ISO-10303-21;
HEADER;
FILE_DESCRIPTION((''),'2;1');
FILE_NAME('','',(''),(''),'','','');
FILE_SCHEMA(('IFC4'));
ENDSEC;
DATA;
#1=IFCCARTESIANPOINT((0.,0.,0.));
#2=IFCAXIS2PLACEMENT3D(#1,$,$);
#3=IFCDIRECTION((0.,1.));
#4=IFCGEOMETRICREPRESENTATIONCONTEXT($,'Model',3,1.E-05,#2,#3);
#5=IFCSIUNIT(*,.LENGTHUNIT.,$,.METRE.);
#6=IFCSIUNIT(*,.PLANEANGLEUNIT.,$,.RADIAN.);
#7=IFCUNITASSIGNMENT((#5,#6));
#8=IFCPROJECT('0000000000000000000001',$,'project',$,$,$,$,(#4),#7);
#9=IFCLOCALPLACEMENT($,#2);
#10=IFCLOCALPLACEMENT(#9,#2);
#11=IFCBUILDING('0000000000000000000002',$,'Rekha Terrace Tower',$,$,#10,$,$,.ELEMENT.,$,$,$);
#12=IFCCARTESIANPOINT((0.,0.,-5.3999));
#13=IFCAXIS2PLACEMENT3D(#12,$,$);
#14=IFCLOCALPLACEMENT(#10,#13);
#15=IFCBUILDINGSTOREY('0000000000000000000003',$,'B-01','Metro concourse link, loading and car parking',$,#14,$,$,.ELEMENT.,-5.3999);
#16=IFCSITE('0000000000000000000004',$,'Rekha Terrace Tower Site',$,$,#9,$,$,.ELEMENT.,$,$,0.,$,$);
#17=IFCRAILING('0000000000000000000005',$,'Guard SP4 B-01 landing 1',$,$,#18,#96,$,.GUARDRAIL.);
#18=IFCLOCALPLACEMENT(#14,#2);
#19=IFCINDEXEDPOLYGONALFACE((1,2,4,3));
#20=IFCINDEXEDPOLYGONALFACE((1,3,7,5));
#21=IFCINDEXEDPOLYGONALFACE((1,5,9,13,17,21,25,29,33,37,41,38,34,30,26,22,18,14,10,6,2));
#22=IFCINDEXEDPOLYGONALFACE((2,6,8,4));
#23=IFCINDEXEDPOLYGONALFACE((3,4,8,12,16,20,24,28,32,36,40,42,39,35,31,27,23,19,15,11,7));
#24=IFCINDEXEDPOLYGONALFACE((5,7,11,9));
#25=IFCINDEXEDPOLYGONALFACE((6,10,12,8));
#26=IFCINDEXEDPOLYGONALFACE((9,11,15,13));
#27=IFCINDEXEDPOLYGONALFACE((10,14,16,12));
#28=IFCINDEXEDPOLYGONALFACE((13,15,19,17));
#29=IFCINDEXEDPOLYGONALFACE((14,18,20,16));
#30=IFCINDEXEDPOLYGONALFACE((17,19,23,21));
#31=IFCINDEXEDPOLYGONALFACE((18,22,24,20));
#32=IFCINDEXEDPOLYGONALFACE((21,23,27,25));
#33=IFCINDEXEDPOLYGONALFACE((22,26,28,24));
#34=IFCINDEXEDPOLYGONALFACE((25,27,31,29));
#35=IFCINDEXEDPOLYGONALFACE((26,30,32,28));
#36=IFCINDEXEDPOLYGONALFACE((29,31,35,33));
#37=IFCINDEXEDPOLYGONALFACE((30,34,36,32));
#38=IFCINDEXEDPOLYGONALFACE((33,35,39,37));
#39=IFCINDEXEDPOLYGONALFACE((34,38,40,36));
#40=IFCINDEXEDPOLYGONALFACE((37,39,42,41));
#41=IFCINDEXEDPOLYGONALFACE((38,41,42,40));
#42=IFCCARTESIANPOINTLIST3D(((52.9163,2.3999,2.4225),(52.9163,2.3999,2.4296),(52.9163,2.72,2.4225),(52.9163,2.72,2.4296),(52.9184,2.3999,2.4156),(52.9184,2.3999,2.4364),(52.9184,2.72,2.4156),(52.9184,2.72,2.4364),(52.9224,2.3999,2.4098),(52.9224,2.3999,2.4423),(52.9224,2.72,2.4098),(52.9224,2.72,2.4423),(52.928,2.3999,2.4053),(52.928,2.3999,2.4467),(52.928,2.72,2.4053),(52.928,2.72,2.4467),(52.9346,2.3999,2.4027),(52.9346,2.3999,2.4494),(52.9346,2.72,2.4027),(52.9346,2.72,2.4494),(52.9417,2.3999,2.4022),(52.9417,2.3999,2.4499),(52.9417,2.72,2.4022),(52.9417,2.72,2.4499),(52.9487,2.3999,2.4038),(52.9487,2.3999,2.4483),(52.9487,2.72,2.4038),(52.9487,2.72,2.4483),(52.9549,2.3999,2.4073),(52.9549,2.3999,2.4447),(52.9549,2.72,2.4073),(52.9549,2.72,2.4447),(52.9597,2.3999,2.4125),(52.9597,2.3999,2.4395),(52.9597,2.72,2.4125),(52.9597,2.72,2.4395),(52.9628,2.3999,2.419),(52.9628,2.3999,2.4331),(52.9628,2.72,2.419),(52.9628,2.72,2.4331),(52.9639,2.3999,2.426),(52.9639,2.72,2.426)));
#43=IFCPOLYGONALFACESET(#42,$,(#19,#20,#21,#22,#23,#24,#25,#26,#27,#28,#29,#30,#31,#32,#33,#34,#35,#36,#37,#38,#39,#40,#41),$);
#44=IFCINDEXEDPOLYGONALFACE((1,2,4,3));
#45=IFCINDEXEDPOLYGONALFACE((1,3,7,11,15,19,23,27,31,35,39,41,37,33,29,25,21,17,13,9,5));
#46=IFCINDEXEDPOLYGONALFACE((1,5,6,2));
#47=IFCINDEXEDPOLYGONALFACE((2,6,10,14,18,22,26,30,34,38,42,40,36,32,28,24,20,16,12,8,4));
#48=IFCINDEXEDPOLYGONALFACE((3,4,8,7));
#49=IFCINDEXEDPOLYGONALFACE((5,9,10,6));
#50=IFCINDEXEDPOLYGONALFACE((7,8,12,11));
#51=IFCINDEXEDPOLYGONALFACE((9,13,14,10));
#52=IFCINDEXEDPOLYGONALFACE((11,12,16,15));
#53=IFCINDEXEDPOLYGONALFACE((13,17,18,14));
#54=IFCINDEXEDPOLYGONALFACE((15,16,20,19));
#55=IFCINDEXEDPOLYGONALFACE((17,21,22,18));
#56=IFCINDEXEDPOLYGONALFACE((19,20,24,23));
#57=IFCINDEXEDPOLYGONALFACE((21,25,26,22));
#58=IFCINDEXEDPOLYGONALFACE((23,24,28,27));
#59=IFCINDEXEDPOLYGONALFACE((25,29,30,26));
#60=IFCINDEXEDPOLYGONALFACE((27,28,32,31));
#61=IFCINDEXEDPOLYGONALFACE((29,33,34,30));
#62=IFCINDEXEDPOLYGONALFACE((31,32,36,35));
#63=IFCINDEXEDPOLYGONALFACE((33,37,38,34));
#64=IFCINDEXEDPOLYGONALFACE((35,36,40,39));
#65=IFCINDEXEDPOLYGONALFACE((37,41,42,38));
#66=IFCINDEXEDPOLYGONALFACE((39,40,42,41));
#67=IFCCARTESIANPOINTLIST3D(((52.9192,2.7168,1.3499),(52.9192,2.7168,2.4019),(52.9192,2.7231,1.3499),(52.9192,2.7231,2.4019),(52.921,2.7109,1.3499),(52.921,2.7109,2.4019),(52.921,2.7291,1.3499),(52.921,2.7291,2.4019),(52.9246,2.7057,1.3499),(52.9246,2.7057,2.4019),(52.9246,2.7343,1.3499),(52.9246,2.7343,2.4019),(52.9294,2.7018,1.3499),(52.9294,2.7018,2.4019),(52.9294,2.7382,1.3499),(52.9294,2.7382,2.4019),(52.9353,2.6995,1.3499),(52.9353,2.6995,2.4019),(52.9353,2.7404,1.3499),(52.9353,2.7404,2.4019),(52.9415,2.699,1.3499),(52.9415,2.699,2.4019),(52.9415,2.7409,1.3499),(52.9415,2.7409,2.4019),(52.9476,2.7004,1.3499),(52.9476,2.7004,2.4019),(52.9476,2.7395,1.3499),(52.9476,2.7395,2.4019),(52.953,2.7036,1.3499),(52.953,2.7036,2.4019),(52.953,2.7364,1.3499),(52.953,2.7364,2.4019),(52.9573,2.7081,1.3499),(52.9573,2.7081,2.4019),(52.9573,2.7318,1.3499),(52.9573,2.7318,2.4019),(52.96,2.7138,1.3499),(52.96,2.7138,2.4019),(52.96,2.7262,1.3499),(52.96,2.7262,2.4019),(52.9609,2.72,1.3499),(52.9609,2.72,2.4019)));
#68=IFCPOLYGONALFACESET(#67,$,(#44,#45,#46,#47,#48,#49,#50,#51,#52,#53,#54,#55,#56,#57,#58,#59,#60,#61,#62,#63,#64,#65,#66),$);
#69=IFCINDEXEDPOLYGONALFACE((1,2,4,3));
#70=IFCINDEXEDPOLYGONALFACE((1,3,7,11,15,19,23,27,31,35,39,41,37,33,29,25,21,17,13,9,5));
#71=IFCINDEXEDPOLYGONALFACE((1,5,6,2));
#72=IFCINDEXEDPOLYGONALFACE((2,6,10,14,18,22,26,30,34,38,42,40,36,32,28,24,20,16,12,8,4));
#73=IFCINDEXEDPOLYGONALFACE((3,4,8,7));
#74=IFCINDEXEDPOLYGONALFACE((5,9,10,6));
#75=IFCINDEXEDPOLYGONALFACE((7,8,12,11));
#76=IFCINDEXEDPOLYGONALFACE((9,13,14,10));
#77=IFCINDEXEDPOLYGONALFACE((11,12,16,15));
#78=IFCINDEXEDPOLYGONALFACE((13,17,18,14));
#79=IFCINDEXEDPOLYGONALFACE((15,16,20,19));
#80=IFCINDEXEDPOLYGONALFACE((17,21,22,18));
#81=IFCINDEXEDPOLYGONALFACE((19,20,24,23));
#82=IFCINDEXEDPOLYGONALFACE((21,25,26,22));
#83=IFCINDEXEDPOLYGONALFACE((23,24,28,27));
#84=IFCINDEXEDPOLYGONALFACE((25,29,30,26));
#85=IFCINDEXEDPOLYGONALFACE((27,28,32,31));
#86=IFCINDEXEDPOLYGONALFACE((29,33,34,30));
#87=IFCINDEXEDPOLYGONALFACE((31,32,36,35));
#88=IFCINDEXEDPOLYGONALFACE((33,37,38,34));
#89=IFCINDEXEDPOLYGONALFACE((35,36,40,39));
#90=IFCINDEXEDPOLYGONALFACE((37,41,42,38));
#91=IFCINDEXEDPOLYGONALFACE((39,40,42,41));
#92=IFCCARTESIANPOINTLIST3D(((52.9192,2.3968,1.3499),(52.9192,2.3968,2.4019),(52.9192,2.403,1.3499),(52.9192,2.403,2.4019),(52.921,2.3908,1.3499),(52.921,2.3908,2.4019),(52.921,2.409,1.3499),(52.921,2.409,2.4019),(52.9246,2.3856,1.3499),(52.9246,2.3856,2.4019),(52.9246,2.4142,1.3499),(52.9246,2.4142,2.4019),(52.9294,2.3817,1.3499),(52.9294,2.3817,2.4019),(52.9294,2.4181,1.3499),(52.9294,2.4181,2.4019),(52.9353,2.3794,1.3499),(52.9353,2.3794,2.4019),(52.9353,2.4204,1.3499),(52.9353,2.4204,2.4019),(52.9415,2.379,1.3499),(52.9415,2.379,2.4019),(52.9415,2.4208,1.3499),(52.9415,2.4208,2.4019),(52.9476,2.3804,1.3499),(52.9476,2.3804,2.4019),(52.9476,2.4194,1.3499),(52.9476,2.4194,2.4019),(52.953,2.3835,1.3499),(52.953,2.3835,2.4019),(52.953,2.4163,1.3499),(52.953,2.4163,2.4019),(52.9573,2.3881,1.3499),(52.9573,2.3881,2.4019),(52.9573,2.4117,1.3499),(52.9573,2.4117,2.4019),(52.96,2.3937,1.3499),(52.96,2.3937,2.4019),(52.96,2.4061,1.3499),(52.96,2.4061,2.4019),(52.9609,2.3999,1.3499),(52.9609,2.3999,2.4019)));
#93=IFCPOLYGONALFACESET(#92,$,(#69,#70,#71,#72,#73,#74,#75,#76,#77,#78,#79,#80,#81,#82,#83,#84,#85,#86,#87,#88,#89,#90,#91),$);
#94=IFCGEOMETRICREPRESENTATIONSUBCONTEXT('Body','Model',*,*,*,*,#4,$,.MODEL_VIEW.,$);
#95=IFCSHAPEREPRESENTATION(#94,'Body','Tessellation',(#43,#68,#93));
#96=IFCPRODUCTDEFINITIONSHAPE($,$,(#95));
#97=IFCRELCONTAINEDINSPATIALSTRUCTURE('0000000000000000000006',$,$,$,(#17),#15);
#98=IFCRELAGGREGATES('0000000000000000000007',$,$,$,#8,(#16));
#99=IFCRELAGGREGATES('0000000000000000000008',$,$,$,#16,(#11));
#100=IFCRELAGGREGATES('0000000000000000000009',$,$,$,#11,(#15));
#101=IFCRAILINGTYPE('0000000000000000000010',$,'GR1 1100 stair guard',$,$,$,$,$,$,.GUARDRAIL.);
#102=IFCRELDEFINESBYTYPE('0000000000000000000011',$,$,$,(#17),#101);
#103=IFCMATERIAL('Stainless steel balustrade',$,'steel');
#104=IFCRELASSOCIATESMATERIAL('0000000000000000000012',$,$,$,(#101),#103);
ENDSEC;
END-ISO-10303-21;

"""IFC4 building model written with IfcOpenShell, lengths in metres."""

from ifc_helpers import new_model, si_unit, direction, frame, origin, origin_2d, place, context, subcontext, project, spatial, circle, extrude, material, type_object, element, save


model = new_model("IFC4")

# Units and contexts
model_context = context("Model", 3, precision=1e-05, world=origin(), true_north=direction((0.0, 1.0)))
body_context = subcontext(model_context, "Body", "Model", "MODEL_VIEW")
ifc_project = project(units=[si_unit("LENGTHUNIT", "METRE"), si_unit("PLANEANGLEUNIT", "RADIAN")], contexts=[model_context])

# Site, building, storey
site_placement = place(None, origin())
site = spatial("IfcSite", under=ifc_project, at=site_placement, Name="Rekha Terrace Tower Site", CompositionType="ELEMENT", RefElevation=0.0)
building_placement = place(site_placement, origin())
building = spatial("IfcBuilding", under=site, at=building_placement, Name="Rekha Terrace Tower", CompositionType="ELEMENT")
storey_placement = place(building_placement, frame((0.0, 0.0, -5.3999)))
storey = spatial("IfcBuildingStorey", under=building, at=storey_placement, Name="B-01", Description="Metro concourse link, loading and car parking", CompositionType="ELEMENT", Elevation=-5.3999)

# Railing
ifc_material_1 = material(Name="Stainless steel balustrade", Category="steel")
railing_type_1 = type_object("IfcRailingType", Name="GR1 1100 stair guard", PredefinedType="GUARDRAIL", material=ifc_material_1)
railing_1_placement = place(storey_placement, frame((52.9399, 2.72, 1.3499)))
element("IfcRailing", 1, at=railing_1_placement, inside=storey, type_object=railing_type_1, Name="Guard SP4 B-01 landing 1", PredefinedType="GUARDRAIL", context=body_context, shape_type="SweptSolid", body=[
    extrude(circle(Radius=0.0239, at=origin_2d()), frame((0.0, 0.0, 1.0762), z_axis=(0.0, -1.0, 0.0), x_axis=(1.0, 0.0, 0.0)), (0.0, 0.0, 1.0), 0.3201),
    extrude(circle(Radius=0.021, at=origin_2d()), origin(), (0.0, 0.0, 1.0), 1.052),
    extrude(circle(Radius=0.021, at=origin_2d()), frame((0.0, -0.3201, 0.0)), (0.0, 0.0, 1.0), 1.052),
])

save(model, "model.ifc")
